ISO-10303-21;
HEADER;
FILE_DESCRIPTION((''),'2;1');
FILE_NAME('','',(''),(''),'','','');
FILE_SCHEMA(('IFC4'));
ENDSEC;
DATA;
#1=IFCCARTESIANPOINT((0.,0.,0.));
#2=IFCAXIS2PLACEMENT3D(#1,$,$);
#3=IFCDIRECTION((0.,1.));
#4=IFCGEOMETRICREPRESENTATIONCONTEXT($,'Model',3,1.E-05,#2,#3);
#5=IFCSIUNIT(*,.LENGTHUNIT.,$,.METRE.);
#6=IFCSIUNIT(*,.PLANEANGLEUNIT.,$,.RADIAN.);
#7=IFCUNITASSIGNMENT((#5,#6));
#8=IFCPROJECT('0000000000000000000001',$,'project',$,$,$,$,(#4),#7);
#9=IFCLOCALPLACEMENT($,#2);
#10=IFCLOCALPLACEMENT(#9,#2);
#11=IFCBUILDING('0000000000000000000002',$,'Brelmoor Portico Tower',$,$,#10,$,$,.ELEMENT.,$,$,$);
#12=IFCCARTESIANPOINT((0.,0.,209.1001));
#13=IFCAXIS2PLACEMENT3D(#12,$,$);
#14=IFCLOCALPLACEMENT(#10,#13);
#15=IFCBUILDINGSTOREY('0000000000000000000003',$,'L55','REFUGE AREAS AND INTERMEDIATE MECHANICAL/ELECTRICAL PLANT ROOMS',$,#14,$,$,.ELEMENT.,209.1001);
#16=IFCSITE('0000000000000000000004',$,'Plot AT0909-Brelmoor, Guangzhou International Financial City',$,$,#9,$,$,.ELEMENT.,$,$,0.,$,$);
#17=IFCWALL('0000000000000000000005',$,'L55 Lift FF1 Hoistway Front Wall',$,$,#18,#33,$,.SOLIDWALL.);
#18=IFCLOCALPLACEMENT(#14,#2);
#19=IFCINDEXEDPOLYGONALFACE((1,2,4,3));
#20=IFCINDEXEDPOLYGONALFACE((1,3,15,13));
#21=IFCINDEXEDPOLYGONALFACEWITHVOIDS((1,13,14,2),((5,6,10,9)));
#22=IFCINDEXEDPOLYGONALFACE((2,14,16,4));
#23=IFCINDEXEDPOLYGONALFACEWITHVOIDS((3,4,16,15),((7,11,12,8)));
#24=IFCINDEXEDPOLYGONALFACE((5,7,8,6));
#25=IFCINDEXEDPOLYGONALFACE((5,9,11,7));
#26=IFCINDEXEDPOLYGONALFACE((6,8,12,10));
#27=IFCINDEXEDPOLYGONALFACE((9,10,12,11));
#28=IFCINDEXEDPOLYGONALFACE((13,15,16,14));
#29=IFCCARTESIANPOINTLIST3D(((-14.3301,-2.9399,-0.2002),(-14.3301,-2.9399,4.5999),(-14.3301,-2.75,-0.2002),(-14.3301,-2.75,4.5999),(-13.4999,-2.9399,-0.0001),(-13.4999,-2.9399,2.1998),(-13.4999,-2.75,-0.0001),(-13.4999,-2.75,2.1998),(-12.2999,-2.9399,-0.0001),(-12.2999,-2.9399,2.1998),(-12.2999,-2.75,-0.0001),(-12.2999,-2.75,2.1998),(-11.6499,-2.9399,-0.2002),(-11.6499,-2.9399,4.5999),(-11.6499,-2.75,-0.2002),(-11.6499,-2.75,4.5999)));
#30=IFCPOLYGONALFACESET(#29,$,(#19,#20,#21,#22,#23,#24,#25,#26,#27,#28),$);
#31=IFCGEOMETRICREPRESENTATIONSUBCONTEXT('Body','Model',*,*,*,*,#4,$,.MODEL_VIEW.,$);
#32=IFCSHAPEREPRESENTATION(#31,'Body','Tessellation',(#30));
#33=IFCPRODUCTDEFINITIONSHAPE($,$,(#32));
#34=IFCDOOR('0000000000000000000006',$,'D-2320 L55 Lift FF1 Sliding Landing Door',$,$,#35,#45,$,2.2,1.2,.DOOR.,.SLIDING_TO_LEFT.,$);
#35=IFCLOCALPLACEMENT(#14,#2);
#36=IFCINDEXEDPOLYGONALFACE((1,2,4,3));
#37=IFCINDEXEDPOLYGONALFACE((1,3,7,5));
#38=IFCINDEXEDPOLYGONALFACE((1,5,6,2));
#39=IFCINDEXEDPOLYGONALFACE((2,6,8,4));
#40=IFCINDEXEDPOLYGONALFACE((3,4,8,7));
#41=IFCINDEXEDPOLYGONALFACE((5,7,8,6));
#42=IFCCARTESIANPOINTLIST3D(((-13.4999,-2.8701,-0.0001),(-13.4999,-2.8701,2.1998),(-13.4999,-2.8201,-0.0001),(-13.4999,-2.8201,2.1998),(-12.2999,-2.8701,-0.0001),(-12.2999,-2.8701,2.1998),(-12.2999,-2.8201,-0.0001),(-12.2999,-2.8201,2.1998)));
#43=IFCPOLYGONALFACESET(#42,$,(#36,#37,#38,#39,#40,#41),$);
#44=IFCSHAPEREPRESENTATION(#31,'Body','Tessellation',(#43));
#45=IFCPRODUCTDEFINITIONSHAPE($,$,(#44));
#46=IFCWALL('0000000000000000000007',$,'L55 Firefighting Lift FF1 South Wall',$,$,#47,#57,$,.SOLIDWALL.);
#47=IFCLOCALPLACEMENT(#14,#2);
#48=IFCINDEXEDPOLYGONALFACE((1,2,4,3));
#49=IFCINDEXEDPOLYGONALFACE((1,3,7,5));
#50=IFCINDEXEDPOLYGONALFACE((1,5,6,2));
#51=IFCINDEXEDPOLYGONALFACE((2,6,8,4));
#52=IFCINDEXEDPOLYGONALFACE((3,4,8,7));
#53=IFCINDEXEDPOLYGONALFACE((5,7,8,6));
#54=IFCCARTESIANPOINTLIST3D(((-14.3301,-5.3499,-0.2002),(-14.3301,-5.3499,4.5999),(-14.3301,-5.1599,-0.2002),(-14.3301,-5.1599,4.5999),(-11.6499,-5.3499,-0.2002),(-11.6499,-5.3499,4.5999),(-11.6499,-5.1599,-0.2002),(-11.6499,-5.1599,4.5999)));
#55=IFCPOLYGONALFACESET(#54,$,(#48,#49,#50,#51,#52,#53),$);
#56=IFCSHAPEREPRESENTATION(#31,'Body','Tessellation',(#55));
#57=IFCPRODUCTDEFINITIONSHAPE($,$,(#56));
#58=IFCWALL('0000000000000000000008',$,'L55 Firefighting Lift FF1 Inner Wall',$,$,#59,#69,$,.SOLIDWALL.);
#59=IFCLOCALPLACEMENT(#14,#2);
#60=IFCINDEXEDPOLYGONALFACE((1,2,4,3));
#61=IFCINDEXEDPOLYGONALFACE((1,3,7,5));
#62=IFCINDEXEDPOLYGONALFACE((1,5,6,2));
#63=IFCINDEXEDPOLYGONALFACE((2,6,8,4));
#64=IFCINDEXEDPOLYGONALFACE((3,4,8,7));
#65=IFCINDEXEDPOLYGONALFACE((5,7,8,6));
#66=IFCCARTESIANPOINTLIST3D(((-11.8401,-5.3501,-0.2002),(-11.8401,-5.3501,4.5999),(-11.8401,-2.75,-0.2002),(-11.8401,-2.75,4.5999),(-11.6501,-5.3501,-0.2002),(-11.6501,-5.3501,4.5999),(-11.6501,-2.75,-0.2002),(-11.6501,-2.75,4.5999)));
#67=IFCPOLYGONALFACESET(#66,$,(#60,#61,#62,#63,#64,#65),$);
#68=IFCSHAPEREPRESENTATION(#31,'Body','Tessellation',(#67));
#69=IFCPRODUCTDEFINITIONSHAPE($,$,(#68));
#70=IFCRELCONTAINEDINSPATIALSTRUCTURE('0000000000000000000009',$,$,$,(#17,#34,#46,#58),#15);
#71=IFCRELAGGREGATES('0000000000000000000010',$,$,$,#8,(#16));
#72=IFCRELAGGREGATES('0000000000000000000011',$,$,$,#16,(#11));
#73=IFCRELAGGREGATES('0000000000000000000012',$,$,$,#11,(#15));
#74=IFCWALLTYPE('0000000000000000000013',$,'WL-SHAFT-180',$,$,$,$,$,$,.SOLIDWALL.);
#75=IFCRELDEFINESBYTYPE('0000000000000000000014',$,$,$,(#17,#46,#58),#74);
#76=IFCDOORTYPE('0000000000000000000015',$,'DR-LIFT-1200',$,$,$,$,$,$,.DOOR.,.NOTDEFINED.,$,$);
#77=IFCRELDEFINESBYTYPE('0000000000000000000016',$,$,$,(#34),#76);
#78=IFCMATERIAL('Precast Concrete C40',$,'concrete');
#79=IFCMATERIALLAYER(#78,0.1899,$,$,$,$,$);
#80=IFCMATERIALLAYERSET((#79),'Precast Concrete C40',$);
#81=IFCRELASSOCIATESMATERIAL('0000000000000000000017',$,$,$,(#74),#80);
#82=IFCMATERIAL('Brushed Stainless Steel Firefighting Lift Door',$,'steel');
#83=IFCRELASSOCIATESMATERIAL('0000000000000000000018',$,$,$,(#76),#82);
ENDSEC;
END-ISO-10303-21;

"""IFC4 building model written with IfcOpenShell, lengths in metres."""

from ifc_helpers import new_model, si_unit, direction, frame, frame_2d, origin, place, context, subcontext, project, spatial, rectangle, extrude, material, layer, layer_set, type_object, element, fill, save


model = new_model("IFC4")

# Units and contexts
model_context = context("Model", 3, precision=1e-05, world=origin(), true_north=direction((0.0, 1.0)))
body_context = subcontext(model_context, "Body", "Model", "MODEL_VIEW")
ifc_project = project(units=[si_unit("LENGTHUNIT", "METRE"), si_unit("PLANEANGLEUNIT", "RADIAN")], contexts=[model_context])

# Site, building, storey
site_placement = place(None, origin())
site = spatial("IfcSite", under=ifc_project, at=site_placement, Name="Plot AT0909-Brelmoor, Guangzhou International Financial City", CompositionType="ELEMENT", RefElevation=0.0)
building_placement = place(site_placement, origin())
building = spatial("IfcBuilding", under=site, at=building_placement, Name="Brelmoor Portico Tower", CompositionType="ELEMENT")
storey_placement = place(building_placement, frame((0.0, 0.0, 209.1001)))
storey = spatial("IfcBuildingStorey", under=building, at=storey_placement, Name="L55", Description="REFUGE AREAS AND INTERMEDIATE MECHANICAL/ELECTRICAL PLANT ROOMS", CompositionType="ELEMENT", Elevation=209.1001)

# Shared definitions
ifc_material_1 = material(Name="Precast Concrete C40", Category="concrete")
ifc_layer_1 = layer(ifc_material_1, 0.1899)
ifc_layer_set_1 = layer_set([ifc_layer_1], Name="Precast Concrete C40")
wall_type_1 = type_object("IfcWallType", Name="WL-SHAFT-180", PredefinedType="SOLIDWALL", material=ifc_layer_set_1)

# Wall, opening, door
wall_1_placement = place(storey_placement, frame((-14.3301, -2.845, -0.2002), z_axis=(0.0, 0.0, 1.0), x_axis=(1.0, 0.0, 0.0)))
wall_1 = element("IfcWall", 1, at=wall_1_placement, inside=storey, type_object=wall_type_1, Name="L55 Lift FF1 Hoistway Front Wall", PredefinedType="SOLIDWALL", context=body_context, shape_type="SweptSolid", body=[
    extrude(rectangle(XDim=2.6802, YDim=0.1899, at=frame_2d((1.3401, 0.0))), origin(), (0.0, 0.0, 1.0), 4.8),
])
opening_1_placement = place(wall_1_placement, frame((0.8301, 0.0, 0.2)))
opening_1 = element("IfcOpeningElement", 2, at=opening_1_placement, cuts=wall_1, PredefinedType="OPENING", context=body_context, shape_type="SweptSolid", body=[
    extrude(rectangle(XDim=1.2, YDim=2.2, at=frame_2d((0.6001, 1.1001))), frame((0.0, 0.105, 0.0), z_axis=(0.0, -1.0, 0.0), x_axis=(1.0, 0.0, 0.0)), (0.0, 0.0, 1.0), 0.21),
])
ifc_material_2 = material(Name="Brushed Stainless Steel Firefighting Lift Door", Category="steel")
door_type_1 = type_object("IfcDoorType", Name="DR-LIFT-1200", OperationType="NOTDEFINED", PredefinedType="DOOR", material=ifc_material_2)
door_1_placement = place(opening_1_placement, origin())
door_1 = element("IfcDoor", 3, at=door_1_placement, inside=storey, type_object=door_type_1, Name="D-2320 L55 Lift FF1 Sliding Landing Door", OperationType="SLIDING_TO_LEFT", OverallHeight=2.2, OverallWidth=1.2, PredefinedType="DOOR", context=body_context, shape_type="SweptSolid", body=[
    extrude(rectangle(XDim=1.2, YDim=2.2, at=frame_2d((0.6001, 1.1001))), frame((0.0, 0.0249, 0.0), z_axis=(0.0, -1.0, 0.0), x_axis=(1.0, 0.0, 0.0)), (0.0, 0.0, 1.0), 0.05),
])
fill(opening_1, door_1)

# Walls
wall_2_placement = place(storey_placement, frame((-14.3301, -5.2549, -0.2002), z_axis=(0.0, 0.0, 1.0), x_axis=(1.0, 0.0, 0.0)))
element("IfcWall", 4, at=wall_2_placement, inside=storey, type_object=wall_type_1, Name="L55 Firefighting Lift FF1 South Wall", PredefinedType="SOLIDWALL", context=body_context, shape_type="SweptSolid", body=[
    extrude(rectangle(XDim=2.6802, YDim=0.1899, at=frame_2d((1.3401, 0.0))), origin(), (0.0, 0.0, 1.0), 4.8),
])
wall_3_placement = place(storey_placement, frame((-11.7451, -5.3501, -0.2002), z_axis=(0.0, 0.0, 1.0), x_axis=(0.0, 1.0, 0.0)))
element("IfcWall", 5, at=wall_3_placement, inside=storey, type_object=wall_type_1, Name="L55 Firefighting Lift FF1 Inner Wall", PredefinedType="SOLIDWALL", context=body_context, shape_type="SweptSolid", body=[
    extrude(rectangle(XDim=2.6001, YDim=0.1899, at=frame_2d((1.3, 0.0))), origin(), (0.0, 0.0, 1.0), 4.8),
])

save(model, "model.ifc")
